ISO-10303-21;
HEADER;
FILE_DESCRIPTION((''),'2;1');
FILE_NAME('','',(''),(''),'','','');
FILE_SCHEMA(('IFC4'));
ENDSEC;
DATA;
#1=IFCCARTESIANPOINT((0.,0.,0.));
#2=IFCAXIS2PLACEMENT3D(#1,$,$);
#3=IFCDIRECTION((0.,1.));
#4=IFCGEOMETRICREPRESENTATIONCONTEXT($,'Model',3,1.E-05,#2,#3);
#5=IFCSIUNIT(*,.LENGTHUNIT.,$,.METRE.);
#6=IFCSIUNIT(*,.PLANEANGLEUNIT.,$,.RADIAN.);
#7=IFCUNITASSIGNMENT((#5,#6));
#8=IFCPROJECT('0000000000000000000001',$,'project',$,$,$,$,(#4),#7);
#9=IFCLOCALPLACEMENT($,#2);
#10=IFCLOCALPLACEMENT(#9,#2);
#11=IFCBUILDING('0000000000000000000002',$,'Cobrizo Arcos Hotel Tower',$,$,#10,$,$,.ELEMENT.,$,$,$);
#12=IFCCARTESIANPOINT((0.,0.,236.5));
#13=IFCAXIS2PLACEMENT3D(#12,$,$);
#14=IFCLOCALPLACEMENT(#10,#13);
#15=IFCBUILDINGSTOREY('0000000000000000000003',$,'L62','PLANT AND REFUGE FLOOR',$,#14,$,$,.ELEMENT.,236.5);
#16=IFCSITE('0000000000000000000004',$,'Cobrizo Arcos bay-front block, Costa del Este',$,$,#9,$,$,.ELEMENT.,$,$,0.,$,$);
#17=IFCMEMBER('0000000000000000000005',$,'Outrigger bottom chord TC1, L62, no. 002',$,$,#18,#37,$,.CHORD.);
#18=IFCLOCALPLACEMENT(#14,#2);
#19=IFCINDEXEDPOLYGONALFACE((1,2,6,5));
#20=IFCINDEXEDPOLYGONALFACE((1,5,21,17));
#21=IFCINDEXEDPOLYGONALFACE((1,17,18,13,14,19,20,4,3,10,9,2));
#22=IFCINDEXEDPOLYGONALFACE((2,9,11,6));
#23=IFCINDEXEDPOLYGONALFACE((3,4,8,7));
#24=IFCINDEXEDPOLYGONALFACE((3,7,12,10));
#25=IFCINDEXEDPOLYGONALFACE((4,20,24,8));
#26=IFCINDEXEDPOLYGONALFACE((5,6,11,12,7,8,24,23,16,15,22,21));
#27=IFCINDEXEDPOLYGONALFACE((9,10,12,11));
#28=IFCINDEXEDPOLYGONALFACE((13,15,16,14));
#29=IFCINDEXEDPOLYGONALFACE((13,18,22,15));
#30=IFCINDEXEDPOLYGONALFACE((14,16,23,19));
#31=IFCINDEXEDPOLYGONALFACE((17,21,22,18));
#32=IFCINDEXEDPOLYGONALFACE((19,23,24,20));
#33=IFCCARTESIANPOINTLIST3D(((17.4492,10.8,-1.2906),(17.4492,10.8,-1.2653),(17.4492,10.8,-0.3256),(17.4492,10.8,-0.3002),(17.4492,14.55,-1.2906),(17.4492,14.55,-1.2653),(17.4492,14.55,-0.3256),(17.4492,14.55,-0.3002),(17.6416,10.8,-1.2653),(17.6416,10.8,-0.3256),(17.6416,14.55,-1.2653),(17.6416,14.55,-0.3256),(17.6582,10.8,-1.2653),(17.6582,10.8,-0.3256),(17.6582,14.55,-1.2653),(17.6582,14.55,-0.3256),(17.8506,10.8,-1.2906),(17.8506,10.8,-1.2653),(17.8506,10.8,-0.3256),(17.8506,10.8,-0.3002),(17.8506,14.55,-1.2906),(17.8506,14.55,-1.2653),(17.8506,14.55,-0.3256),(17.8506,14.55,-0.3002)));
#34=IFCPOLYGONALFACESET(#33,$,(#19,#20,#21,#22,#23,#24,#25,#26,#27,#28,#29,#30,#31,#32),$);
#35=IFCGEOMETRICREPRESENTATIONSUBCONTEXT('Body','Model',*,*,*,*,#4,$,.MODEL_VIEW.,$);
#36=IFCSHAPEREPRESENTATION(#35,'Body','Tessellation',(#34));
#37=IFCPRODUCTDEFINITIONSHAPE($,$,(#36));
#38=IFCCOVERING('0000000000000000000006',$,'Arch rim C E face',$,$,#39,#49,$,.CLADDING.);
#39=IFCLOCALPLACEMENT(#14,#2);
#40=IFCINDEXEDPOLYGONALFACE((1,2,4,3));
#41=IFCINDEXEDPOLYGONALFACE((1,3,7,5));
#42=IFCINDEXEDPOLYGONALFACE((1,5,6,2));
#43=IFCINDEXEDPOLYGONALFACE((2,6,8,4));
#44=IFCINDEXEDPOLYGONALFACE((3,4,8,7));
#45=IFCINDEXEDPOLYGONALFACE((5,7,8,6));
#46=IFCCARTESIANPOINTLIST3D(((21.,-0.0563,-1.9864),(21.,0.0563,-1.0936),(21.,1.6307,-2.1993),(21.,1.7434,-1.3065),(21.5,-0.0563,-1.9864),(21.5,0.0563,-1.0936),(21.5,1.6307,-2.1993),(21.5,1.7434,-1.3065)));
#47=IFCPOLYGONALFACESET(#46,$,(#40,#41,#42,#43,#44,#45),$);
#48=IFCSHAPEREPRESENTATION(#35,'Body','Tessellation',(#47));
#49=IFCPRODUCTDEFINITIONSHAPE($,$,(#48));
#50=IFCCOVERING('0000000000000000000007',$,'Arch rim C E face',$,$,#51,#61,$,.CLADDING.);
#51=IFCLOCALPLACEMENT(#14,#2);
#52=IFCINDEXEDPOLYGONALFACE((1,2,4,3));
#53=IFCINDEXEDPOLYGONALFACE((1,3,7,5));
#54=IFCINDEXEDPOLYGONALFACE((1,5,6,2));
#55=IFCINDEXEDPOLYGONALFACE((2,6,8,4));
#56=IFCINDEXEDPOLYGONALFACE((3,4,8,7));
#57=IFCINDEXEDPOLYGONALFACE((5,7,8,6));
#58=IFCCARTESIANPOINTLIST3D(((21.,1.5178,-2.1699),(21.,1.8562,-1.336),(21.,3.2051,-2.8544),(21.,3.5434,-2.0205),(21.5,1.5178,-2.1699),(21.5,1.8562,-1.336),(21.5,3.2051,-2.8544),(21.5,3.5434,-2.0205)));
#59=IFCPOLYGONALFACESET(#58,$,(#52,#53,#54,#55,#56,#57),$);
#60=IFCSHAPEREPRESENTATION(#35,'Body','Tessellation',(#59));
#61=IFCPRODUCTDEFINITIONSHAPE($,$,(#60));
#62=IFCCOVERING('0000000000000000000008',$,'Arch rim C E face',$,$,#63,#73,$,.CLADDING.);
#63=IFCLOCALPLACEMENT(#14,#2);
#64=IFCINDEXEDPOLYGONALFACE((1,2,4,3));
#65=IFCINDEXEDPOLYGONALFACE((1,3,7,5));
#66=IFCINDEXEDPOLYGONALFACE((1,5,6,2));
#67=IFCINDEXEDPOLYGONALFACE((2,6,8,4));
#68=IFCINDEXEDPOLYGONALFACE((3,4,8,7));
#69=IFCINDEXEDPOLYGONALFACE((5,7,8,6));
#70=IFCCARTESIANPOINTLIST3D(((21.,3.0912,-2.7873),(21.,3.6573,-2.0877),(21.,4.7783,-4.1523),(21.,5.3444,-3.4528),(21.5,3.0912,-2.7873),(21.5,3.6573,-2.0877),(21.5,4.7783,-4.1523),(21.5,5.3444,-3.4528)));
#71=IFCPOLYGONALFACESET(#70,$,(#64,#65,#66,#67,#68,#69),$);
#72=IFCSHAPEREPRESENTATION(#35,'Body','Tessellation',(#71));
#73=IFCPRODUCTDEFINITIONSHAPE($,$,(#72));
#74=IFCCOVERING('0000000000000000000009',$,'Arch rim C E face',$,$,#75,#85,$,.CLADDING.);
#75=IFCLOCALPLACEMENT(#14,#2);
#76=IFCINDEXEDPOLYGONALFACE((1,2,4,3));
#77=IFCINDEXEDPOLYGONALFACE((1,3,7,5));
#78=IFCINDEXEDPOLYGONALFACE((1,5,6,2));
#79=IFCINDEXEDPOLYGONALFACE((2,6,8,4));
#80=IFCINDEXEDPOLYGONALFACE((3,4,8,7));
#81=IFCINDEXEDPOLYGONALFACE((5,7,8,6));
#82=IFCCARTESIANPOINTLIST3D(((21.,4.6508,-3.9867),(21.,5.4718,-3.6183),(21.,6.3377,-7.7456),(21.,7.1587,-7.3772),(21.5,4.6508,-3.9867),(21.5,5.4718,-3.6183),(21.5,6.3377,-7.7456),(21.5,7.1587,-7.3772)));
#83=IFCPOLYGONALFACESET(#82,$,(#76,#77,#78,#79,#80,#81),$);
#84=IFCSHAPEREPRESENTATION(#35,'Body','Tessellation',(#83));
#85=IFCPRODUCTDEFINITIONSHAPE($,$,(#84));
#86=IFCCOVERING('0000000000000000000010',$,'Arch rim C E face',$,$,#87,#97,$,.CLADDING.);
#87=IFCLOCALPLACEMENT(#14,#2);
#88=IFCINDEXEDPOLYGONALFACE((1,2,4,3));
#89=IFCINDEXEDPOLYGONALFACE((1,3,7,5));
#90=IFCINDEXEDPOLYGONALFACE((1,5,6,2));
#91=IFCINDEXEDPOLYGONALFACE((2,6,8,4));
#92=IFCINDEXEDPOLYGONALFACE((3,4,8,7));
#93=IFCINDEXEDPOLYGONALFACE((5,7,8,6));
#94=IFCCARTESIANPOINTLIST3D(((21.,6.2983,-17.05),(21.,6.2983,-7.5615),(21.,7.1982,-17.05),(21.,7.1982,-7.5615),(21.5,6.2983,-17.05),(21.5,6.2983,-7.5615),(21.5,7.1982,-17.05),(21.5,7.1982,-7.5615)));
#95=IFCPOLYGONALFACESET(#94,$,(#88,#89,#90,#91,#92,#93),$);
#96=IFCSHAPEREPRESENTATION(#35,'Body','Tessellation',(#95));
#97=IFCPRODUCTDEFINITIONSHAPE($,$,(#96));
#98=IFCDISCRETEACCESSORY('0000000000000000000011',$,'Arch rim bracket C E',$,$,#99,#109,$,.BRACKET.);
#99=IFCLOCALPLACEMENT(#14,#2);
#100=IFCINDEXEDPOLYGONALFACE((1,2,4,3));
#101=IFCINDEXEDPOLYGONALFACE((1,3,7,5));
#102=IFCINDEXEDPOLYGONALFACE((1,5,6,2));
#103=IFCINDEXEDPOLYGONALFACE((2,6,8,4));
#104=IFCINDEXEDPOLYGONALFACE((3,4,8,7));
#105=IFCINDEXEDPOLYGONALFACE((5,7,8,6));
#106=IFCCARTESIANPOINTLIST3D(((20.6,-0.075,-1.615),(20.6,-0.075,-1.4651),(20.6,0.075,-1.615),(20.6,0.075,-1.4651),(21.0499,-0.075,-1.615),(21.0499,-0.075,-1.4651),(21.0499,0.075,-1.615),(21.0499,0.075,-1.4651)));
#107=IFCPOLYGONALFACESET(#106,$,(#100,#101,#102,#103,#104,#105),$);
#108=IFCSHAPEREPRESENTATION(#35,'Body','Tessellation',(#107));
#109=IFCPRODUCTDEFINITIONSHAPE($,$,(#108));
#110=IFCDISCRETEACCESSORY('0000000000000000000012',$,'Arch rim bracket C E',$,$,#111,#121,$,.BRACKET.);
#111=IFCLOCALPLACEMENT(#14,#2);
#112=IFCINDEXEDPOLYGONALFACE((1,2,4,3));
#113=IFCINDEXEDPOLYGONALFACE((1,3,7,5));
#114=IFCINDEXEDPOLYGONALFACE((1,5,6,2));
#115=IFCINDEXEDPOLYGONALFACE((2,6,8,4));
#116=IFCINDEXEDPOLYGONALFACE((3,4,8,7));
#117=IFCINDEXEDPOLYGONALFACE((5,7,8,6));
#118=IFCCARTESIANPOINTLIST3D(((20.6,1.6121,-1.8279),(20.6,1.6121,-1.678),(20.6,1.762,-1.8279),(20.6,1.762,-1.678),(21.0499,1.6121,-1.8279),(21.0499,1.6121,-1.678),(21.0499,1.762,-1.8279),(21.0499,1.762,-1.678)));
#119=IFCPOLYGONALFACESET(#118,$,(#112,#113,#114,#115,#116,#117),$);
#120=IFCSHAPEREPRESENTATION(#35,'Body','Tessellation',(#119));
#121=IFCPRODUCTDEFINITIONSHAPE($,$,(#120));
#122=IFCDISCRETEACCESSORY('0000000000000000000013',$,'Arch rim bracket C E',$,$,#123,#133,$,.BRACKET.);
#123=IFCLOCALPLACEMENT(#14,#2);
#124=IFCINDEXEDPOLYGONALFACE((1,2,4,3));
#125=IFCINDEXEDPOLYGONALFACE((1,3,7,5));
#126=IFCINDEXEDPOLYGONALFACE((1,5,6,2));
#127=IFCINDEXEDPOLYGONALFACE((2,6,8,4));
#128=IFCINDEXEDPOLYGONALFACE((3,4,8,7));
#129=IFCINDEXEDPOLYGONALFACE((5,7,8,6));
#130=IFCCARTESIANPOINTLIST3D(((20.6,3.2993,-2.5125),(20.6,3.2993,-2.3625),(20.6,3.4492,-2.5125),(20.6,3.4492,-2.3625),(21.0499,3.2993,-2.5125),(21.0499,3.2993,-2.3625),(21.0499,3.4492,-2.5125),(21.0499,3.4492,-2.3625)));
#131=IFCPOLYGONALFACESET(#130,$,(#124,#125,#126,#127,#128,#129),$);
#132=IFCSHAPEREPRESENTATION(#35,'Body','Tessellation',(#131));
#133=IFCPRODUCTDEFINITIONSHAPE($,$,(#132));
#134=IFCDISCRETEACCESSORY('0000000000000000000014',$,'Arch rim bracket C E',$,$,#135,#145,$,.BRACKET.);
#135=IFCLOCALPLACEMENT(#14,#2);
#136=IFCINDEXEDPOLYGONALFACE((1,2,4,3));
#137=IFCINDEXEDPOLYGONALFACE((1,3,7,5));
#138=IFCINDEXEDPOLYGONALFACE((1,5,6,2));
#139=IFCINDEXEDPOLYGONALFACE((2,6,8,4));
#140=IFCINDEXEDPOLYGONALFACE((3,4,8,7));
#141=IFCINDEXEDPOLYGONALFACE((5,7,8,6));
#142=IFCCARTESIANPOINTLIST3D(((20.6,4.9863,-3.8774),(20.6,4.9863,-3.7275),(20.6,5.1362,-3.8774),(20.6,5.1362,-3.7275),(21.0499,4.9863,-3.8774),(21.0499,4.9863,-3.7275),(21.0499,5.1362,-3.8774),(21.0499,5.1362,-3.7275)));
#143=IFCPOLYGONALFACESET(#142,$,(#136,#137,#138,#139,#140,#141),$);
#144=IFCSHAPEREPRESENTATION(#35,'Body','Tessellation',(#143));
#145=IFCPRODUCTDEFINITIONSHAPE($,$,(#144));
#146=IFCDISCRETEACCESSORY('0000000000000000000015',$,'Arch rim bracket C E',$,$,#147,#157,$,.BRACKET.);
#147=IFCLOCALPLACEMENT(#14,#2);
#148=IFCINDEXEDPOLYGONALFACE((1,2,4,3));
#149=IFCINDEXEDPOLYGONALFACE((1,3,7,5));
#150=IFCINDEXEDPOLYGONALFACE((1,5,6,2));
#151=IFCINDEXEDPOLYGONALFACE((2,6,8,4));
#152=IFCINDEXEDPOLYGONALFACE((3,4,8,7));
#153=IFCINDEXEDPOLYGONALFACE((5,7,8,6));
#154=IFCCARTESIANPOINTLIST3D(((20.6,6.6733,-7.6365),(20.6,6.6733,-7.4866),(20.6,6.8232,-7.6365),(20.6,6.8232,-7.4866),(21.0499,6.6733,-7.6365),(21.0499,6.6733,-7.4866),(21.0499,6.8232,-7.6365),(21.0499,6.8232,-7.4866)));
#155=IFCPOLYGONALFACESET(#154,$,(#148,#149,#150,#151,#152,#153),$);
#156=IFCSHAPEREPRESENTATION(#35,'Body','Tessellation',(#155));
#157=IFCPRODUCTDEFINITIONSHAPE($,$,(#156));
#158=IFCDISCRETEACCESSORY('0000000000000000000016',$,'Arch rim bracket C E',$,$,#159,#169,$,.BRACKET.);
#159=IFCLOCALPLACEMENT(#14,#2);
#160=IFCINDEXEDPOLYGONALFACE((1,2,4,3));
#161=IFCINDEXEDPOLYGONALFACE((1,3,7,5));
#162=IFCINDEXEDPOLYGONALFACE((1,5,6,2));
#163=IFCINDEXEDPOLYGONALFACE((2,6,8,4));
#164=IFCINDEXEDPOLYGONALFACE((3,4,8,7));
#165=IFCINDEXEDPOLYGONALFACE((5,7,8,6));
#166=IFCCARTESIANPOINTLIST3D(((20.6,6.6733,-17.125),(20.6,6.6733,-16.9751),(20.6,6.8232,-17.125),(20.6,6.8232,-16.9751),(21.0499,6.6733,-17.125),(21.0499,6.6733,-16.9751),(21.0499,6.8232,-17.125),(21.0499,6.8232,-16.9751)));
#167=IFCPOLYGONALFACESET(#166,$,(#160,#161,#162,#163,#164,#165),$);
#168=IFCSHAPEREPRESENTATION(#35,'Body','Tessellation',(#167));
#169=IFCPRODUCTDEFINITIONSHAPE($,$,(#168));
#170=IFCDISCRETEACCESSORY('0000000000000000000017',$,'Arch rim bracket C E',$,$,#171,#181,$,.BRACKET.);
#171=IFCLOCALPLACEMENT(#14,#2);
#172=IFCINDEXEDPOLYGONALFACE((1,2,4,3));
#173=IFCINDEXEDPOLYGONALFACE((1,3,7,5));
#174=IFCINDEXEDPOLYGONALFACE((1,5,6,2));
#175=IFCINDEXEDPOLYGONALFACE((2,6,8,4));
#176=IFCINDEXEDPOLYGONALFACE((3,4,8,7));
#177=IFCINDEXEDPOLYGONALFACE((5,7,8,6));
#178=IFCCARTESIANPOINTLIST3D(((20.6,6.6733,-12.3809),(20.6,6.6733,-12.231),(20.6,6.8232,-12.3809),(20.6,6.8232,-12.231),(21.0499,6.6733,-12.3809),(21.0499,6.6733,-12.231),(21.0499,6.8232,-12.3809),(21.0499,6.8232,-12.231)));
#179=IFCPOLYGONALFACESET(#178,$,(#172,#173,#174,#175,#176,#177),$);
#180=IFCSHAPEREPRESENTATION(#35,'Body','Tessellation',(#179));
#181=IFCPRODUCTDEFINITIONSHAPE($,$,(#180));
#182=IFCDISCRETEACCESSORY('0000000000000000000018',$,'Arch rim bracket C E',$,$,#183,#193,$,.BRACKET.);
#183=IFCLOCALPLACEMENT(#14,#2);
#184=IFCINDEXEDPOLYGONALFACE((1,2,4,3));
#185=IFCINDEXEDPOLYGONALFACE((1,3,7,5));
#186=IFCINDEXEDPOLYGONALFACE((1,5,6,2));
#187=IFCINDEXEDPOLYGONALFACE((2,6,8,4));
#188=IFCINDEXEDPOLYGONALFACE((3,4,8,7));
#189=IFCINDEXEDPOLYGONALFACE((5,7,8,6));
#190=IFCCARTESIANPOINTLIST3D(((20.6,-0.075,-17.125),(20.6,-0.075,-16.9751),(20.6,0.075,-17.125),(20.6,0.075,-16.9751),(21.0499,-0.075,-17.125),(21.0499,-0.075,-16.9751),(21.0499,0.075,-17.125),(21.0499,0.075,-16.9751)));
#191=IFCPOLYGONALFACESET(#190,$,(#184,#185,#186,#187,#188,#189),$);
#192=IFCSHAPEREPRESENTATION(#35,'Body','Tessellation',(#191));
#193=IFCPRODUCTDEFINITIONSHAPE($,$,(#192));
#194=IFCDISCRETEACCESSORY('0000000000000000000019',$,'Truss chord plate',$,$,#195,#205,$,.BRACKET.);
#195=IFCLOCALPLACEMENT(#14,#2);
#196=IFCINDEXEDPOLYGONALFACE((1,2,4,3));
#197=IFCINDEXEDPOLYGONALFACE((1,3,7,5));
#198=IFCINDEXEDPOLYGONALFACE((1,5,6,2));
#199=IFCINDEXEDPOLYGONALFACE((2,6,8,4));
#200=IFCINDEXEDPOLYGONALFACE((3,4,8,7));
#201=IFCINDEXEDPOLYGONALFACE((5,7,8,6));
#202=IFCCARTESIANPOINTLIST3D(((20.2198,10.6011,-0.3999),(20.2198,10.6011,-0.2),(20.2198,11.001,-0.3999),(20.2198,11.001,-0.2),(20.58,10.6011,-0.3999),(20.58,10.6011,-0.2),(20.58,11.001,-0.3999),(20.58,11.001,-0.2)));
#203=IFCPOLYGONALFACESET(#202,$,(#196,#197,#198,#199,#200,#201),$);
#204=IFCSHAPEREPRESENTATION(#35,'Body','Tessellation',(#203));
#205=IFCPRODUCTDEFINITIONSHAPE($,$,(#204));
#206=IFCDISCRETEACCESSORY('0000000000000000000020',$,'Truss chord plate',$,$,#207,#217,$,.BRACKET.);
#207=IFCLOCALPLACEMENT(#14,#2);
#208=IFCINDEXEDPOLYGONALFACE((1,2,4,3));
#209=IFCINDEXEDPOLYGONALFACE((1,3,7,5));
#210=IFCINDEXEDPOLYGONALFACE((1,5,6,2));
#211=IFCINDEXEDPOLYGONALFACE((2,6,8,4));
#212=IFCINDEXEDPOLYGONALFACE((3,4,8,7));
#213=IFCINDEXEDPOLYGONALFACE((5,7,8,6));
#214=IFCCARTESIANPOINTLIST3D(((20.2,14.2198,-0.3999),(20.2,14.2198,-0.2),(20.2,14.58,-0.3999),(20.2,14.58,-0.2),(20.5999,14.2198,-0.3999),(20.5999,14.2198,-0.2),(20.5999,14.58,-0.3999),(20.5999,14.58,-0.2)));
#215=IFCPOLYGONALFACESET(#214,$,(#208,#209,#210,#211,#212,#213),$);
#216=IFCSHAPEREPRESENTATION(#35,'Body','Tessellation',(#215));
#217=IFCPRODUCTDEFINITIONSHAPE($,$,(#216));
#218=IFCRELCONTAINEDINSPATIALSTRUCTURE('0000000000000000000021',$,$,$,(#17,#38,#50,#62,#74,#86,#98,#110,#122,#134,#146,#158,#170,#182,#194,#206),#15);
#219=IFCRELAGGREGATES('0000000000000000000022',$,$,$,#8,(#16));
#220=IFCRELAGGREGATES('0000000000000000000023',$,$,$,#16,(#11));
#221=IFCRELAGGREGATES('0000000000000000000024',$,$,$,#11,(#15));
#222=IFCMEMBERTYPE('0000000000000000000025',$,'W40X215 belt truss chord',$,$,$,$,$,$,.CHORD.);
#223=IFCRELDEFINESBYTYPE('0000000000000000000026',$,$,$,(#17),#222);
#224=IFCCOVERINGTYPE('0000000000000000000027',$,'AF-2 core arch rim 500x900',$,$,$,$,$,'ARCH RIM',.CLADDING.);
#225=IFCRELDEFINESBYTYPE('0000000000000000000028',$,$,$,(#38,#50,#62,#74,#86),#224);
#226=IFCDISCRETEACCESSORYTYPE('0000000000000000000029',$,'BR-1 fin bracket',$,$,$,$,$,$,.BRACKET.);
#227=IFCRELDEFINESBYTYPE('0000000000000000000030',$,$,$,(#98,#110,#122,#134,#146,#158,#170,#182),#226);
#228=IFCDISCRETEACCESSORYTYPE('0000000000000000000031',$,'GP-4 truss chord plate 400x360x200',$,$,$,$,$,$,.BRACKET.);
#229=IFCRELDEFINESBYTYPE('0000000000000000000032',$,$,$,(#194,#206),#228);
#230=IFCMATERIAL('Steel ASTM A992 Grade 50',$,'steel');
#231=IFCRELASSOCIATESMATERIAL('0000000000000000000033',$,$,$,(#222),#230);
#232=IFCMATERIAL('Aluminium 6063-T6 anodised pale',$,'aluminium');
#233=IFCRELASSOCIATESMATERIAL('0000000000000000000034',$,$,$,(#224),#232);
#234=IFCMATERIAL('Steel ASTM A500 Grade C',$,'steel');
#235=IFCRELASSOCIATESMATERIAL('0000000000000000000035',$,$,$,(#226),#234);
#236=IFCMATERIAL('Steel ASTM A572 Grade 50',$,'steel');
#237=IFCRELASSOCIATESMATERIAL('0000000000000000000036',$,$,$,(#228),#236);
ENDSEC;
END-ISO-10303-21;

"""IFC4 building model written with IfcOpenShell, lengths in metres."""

from ifc_helpers import new_model, si_unit, direction, frame, origin, origin_2d, place, context, subcontext, project, spatial, rectangle, i_section, extrude, material, material_profile, profile_set, type_object, element, save


model = new_model("IFC4")

# Units and contexts
model_context = context("Model", 3, precision=1e-05, world=origin(), true_north=direction((0.0, 1.0)))
body_context = subcontext(model_context, "Body", "Model", "MODEL_VIEW")
ifc_project = project(units=[si_unit("LENGTHUNIT", "METRE"), si_unit("PLANEANGLEUNIT", "RADIAN")], contexts=[model_context])

# Site, building, storey
site_placement = place(None, origin())
site = spatial("IfcSite", under=ifc_project, at=site_placement, Name="Cobrizo Arcos bay-front block, Costa del Este", CompositionType="ELEMENT", RefElevation=0.0)
building_placement = place(site_placement, origin())
building = spatial("IfcBuilding", under=site, at=building_placement, Name="Cobrizo Arcos Hotel Tower", CompositionType="ELEMENT")
storey_placement = place(building_placement, frame((0.0, 0.0, 236.5)))
storey = spatial("IfcBuildingStorey", under=building, at=storey_placement, Name="L62", Description="PLANT AND REFUGE FLOOR", CompositionType="ELEMENT", Elevation=236.5)

# Shared definitions
ifc_material_1 = material(Name="Steel ASTM A500 Grade C", Category="steel")
ifc_material_2 = material(Name="Steel ASTM A992 Grade 50", Category="steel")

# Member
ifc_material_profile_1 = material_profile(ifc_material_2, i_section(OverallWidth=0.4014, OverallDepth=0.9905, WebThickness=0.0166, FlangeThickness=0.0254, at=origin_2d()), Name="W40X215")
ifc_profile_set_1 = profile_set([ifc_material_profile_1], Name="Steel ASTM A992 Grade 50")
member_type_1 = type_object("IfcMemberType", Name="W40X215 belt truss chord", PredefinedType="CHORD", material=ifc_profile_set_1)
member_1_placement = place(storey_placement, frame((17.6499, 10.8, -0.7954), z_axis=(0.0, 1.0, 0.0), x_axis=(-1.0, 0.0, 0.0)))
element("IfcMember", 1, at=member_1_placement, inside=storey, type_object=member_type_1, Name="Outrigger bottom chord TC1, L62, no. 002", PredefinedType="CHORD", context=body_context, shape_type="SweptSolid", body=[
    extrude(i_section(OverallWidth=0.4014, OverallDepth=0.9905, WebThickness=0.0166, FlangeThickness=0.0254, at=origin_2d()), origin(), (0.0, 0.0, 1.0), 3.75),
])

# Coverings
ifc_material_3 = material(Name="Aluminium 6063-T6 anodised pale", Category="aluminium")
ifc_material_profile_2 = material_profile(ifc_material_3, rectangle(XDim=0.5, YDim=0.8999, at=origin_2d()), Name="AF-2 core arch rim 500x900")
ifc_profile_set_2 = profile_set([ifc_material_profile_2], Name="Aluminium 6063-T6 anodised pale")
covering_type = type_object("IfcCoveringType", Name="AF-2 core arch rim 500x900", ElementType="ARCH RIM", PredefinedType="CLADDING", material=ifc_profile_set_2)
covering_1_placement = place(storey_placement, frame((21.25, 0.0, -1.54), z_axis=(0.0, 0.992131, -0.125201), x_axis=(-1.0, 0.0, 0.0)))
element("IfcCovering", 2, at=covering_1_placement, inside=storey, type_object=covering_type, Name="Arch rim C E face", PredefinedType="CLADDING", context=body_context, shape_type="SweptSolid", body=[
    extrude(rectangle(XDim=0.5, YDim=0.8999, at=origin_2d()), origin(), (0.0, 0.0, 1.0), 1.7004),
])
covering_2_placement = place(storey_placement, frame((21.25, 1.687, -1.7529), z_axis=(0.0, 0.926635, -0.375963), x_axis=(-1.0, 0.0, 0.0)))
element("IfcCovering", 3, at=covering_2_placement, inside=storey, type_object=covering_type, Name="Arch rim C E face", PredefinedType="CLADDING", context=body_context, shape_type="SweptSolid", body=[
    extrude(rectangle(XDim=0.5, YDim=0.8999, at=origin_2d()), origin(), (0.0, 0.0, 1.0), 1.8208),
])
covering_3_placement = place(storey_placement, frame((21.25, 3.3743, -2.4375), z_axis=(0.0, 0.777399, -0.629007), x_axis=(-1.0, 0.0, 0.0)))
element("IfcCovering", 4, at=covering_3_placement, inside=storey, type_object=covering_type, Name="Arch rim C E face", PredefinedType="CLADDING", context=body_context, shape_type="SweptSolid", body=[
    extrude(rectangle(XDim=0.5, YDim=0.8999, at=origin_2d()), origin(), (0.0, 0.0, 1.0), 2.1702),
])
covering_4_placement = place(storey_placement, frame((21.25, 5.0613, -3.8025), z_axis=(0.0, 0.409445, -0.912335), x_axis=(-1.0, 0.0, 0.0)))
element("IfcCovering", 5, at=covering_4_placement, inside=storey, type_object=covering_type, Name="Arch rim C E face", PredefinedType="CLADDING", context=body_context, shape_type="SweptSolid", body=[
    extrude(rectangle(XDim=0.5, YDim=0.8999, at=origin_2d()), origin(), (0.0, 0.0, 1.0), 4.1201),
])
covering_5_placement = place(storey_placement, frame((21.25, 6.7483, -17.05), z_axis=(0.0, 0.0, 1.0), x_axis=(1.0, 0.0, 0.0)))
element("IfcCovering", 6, at=covering_5_placement, inside=storey, type_object=covering_type, Name="Arch rim C E face", PredefinedType="CLADDING", context=body_context, shape_type="SweptSolid", body=[
    extrude(rectangle(XDim=0.5, YDim=0.8999, at=origin_2d()), origin(), (0.0, 0.0, 1.0), 9.4885),
])

# Discrete accessories
discrete_accessory_type_1 = type_object("IfcDiscreteAccessoryType", Name="BR-1 fin bracket", PredefinedType="BRACKET", material=ifc_material_1)
for number, where, z_axis, x_axis, name in (
    (7, (20.825, 0.0, -1.615), (0.0, 0.0, 1.0), (1.0, 0.0, 0.0), "Arch rim bracket C E"),
    (8, (20.825, 1.687, -1.8279), (0.0, 0.0, 1.0), (1.0, 0.0, 0.0), "Arch rim bracket C E"),
    (9, (20.825, 3.3743, -2.5125), (0.0, 0.0, 1.0), (1.0, 0.0, 0.0), "Arch rim bracket C E"),
    (10, (20.825, 5.0613, -3.8774), (0.0, 0.0, 1.0), (1.0, 0.0, 0.0), "Arch rim bracket C E"),
    (11, (20.825, 6.7483, -7.6365), (0.0, 0.0, 1.0), (1.0, 0.0, 0.0), "Arch rim bracket C E"),
    (12, (20.825, 6.7483, -17.125), (0.0, 0.0, 1.0), (1.0, 0.0, 0.0), "Arch rim bracket C E"),
    (13, (20.825, 6.7483, -12.3809), (0.0, 0.0, 1.0), (1.0, 0.0, 0.0), "Arch rim bracket C E"),
    (14, (20.825, 0.0, -17.125), (0.0, 0.0, 1.0), (1.0, 0.0, 0.0), "Arch rim bracket C E"),
):
    element("IfcDiscreteAccessory", number, at=place(storey_placement, frame(where, z_axis=z_axis, x_axis=x_axis)), inside=storey, type_object=discrete_accessory_type_1, Name=name, PredefinedType="BRACKET", context=body_context, shape_type="SweptSolid", body=[
        extrude(rectangle(XDim=0.45, YDim=0.1499, at=origin_2d()), origin(), (0.0, 0.0, 1.0), 0.1499),
    ])
ifc_material_4 = material(Name="Steel ASTM A572 Grade 50", Category="steel")
discrete_accessory_type_2 = type_object("IfcDiscreteAccessoryType", Name="GP-4 truss chord plate 400x360x200", PredefinedType="BRACKET", material=ifc_material_4)
for number, where, z_axis, x_axis, name in (
    (15, (20.3999, 10.801, -0.3999), (0.0, 0.0, 1.0), (0.0, 1.0, 0.0), "Truss chord plate"),
    (16, (20.3999, 14.3999, -0.3999), (0.0, 0.0, 1.0), (-1.0, 0.0, 0.0), "Truss chord plate"),
):
    element("IfcDiscreteAccessory", number, at=place(storey_placement, frame(where, z_axis=z_axis, x_axis=x_axis)), inside=storey, type_object=discrete_accessory_type_2, Name=name, PredefinedType="BRACKET", context=body_context, shape_type="SweptSolid", body=[
        extrude(rectangle(XDim=0.3999, YDim=0.3601, at=origin_2d()), origin(), (0.0, 0.0, 1.0), 0.2),
    ])

save(model, "model.ifc")
